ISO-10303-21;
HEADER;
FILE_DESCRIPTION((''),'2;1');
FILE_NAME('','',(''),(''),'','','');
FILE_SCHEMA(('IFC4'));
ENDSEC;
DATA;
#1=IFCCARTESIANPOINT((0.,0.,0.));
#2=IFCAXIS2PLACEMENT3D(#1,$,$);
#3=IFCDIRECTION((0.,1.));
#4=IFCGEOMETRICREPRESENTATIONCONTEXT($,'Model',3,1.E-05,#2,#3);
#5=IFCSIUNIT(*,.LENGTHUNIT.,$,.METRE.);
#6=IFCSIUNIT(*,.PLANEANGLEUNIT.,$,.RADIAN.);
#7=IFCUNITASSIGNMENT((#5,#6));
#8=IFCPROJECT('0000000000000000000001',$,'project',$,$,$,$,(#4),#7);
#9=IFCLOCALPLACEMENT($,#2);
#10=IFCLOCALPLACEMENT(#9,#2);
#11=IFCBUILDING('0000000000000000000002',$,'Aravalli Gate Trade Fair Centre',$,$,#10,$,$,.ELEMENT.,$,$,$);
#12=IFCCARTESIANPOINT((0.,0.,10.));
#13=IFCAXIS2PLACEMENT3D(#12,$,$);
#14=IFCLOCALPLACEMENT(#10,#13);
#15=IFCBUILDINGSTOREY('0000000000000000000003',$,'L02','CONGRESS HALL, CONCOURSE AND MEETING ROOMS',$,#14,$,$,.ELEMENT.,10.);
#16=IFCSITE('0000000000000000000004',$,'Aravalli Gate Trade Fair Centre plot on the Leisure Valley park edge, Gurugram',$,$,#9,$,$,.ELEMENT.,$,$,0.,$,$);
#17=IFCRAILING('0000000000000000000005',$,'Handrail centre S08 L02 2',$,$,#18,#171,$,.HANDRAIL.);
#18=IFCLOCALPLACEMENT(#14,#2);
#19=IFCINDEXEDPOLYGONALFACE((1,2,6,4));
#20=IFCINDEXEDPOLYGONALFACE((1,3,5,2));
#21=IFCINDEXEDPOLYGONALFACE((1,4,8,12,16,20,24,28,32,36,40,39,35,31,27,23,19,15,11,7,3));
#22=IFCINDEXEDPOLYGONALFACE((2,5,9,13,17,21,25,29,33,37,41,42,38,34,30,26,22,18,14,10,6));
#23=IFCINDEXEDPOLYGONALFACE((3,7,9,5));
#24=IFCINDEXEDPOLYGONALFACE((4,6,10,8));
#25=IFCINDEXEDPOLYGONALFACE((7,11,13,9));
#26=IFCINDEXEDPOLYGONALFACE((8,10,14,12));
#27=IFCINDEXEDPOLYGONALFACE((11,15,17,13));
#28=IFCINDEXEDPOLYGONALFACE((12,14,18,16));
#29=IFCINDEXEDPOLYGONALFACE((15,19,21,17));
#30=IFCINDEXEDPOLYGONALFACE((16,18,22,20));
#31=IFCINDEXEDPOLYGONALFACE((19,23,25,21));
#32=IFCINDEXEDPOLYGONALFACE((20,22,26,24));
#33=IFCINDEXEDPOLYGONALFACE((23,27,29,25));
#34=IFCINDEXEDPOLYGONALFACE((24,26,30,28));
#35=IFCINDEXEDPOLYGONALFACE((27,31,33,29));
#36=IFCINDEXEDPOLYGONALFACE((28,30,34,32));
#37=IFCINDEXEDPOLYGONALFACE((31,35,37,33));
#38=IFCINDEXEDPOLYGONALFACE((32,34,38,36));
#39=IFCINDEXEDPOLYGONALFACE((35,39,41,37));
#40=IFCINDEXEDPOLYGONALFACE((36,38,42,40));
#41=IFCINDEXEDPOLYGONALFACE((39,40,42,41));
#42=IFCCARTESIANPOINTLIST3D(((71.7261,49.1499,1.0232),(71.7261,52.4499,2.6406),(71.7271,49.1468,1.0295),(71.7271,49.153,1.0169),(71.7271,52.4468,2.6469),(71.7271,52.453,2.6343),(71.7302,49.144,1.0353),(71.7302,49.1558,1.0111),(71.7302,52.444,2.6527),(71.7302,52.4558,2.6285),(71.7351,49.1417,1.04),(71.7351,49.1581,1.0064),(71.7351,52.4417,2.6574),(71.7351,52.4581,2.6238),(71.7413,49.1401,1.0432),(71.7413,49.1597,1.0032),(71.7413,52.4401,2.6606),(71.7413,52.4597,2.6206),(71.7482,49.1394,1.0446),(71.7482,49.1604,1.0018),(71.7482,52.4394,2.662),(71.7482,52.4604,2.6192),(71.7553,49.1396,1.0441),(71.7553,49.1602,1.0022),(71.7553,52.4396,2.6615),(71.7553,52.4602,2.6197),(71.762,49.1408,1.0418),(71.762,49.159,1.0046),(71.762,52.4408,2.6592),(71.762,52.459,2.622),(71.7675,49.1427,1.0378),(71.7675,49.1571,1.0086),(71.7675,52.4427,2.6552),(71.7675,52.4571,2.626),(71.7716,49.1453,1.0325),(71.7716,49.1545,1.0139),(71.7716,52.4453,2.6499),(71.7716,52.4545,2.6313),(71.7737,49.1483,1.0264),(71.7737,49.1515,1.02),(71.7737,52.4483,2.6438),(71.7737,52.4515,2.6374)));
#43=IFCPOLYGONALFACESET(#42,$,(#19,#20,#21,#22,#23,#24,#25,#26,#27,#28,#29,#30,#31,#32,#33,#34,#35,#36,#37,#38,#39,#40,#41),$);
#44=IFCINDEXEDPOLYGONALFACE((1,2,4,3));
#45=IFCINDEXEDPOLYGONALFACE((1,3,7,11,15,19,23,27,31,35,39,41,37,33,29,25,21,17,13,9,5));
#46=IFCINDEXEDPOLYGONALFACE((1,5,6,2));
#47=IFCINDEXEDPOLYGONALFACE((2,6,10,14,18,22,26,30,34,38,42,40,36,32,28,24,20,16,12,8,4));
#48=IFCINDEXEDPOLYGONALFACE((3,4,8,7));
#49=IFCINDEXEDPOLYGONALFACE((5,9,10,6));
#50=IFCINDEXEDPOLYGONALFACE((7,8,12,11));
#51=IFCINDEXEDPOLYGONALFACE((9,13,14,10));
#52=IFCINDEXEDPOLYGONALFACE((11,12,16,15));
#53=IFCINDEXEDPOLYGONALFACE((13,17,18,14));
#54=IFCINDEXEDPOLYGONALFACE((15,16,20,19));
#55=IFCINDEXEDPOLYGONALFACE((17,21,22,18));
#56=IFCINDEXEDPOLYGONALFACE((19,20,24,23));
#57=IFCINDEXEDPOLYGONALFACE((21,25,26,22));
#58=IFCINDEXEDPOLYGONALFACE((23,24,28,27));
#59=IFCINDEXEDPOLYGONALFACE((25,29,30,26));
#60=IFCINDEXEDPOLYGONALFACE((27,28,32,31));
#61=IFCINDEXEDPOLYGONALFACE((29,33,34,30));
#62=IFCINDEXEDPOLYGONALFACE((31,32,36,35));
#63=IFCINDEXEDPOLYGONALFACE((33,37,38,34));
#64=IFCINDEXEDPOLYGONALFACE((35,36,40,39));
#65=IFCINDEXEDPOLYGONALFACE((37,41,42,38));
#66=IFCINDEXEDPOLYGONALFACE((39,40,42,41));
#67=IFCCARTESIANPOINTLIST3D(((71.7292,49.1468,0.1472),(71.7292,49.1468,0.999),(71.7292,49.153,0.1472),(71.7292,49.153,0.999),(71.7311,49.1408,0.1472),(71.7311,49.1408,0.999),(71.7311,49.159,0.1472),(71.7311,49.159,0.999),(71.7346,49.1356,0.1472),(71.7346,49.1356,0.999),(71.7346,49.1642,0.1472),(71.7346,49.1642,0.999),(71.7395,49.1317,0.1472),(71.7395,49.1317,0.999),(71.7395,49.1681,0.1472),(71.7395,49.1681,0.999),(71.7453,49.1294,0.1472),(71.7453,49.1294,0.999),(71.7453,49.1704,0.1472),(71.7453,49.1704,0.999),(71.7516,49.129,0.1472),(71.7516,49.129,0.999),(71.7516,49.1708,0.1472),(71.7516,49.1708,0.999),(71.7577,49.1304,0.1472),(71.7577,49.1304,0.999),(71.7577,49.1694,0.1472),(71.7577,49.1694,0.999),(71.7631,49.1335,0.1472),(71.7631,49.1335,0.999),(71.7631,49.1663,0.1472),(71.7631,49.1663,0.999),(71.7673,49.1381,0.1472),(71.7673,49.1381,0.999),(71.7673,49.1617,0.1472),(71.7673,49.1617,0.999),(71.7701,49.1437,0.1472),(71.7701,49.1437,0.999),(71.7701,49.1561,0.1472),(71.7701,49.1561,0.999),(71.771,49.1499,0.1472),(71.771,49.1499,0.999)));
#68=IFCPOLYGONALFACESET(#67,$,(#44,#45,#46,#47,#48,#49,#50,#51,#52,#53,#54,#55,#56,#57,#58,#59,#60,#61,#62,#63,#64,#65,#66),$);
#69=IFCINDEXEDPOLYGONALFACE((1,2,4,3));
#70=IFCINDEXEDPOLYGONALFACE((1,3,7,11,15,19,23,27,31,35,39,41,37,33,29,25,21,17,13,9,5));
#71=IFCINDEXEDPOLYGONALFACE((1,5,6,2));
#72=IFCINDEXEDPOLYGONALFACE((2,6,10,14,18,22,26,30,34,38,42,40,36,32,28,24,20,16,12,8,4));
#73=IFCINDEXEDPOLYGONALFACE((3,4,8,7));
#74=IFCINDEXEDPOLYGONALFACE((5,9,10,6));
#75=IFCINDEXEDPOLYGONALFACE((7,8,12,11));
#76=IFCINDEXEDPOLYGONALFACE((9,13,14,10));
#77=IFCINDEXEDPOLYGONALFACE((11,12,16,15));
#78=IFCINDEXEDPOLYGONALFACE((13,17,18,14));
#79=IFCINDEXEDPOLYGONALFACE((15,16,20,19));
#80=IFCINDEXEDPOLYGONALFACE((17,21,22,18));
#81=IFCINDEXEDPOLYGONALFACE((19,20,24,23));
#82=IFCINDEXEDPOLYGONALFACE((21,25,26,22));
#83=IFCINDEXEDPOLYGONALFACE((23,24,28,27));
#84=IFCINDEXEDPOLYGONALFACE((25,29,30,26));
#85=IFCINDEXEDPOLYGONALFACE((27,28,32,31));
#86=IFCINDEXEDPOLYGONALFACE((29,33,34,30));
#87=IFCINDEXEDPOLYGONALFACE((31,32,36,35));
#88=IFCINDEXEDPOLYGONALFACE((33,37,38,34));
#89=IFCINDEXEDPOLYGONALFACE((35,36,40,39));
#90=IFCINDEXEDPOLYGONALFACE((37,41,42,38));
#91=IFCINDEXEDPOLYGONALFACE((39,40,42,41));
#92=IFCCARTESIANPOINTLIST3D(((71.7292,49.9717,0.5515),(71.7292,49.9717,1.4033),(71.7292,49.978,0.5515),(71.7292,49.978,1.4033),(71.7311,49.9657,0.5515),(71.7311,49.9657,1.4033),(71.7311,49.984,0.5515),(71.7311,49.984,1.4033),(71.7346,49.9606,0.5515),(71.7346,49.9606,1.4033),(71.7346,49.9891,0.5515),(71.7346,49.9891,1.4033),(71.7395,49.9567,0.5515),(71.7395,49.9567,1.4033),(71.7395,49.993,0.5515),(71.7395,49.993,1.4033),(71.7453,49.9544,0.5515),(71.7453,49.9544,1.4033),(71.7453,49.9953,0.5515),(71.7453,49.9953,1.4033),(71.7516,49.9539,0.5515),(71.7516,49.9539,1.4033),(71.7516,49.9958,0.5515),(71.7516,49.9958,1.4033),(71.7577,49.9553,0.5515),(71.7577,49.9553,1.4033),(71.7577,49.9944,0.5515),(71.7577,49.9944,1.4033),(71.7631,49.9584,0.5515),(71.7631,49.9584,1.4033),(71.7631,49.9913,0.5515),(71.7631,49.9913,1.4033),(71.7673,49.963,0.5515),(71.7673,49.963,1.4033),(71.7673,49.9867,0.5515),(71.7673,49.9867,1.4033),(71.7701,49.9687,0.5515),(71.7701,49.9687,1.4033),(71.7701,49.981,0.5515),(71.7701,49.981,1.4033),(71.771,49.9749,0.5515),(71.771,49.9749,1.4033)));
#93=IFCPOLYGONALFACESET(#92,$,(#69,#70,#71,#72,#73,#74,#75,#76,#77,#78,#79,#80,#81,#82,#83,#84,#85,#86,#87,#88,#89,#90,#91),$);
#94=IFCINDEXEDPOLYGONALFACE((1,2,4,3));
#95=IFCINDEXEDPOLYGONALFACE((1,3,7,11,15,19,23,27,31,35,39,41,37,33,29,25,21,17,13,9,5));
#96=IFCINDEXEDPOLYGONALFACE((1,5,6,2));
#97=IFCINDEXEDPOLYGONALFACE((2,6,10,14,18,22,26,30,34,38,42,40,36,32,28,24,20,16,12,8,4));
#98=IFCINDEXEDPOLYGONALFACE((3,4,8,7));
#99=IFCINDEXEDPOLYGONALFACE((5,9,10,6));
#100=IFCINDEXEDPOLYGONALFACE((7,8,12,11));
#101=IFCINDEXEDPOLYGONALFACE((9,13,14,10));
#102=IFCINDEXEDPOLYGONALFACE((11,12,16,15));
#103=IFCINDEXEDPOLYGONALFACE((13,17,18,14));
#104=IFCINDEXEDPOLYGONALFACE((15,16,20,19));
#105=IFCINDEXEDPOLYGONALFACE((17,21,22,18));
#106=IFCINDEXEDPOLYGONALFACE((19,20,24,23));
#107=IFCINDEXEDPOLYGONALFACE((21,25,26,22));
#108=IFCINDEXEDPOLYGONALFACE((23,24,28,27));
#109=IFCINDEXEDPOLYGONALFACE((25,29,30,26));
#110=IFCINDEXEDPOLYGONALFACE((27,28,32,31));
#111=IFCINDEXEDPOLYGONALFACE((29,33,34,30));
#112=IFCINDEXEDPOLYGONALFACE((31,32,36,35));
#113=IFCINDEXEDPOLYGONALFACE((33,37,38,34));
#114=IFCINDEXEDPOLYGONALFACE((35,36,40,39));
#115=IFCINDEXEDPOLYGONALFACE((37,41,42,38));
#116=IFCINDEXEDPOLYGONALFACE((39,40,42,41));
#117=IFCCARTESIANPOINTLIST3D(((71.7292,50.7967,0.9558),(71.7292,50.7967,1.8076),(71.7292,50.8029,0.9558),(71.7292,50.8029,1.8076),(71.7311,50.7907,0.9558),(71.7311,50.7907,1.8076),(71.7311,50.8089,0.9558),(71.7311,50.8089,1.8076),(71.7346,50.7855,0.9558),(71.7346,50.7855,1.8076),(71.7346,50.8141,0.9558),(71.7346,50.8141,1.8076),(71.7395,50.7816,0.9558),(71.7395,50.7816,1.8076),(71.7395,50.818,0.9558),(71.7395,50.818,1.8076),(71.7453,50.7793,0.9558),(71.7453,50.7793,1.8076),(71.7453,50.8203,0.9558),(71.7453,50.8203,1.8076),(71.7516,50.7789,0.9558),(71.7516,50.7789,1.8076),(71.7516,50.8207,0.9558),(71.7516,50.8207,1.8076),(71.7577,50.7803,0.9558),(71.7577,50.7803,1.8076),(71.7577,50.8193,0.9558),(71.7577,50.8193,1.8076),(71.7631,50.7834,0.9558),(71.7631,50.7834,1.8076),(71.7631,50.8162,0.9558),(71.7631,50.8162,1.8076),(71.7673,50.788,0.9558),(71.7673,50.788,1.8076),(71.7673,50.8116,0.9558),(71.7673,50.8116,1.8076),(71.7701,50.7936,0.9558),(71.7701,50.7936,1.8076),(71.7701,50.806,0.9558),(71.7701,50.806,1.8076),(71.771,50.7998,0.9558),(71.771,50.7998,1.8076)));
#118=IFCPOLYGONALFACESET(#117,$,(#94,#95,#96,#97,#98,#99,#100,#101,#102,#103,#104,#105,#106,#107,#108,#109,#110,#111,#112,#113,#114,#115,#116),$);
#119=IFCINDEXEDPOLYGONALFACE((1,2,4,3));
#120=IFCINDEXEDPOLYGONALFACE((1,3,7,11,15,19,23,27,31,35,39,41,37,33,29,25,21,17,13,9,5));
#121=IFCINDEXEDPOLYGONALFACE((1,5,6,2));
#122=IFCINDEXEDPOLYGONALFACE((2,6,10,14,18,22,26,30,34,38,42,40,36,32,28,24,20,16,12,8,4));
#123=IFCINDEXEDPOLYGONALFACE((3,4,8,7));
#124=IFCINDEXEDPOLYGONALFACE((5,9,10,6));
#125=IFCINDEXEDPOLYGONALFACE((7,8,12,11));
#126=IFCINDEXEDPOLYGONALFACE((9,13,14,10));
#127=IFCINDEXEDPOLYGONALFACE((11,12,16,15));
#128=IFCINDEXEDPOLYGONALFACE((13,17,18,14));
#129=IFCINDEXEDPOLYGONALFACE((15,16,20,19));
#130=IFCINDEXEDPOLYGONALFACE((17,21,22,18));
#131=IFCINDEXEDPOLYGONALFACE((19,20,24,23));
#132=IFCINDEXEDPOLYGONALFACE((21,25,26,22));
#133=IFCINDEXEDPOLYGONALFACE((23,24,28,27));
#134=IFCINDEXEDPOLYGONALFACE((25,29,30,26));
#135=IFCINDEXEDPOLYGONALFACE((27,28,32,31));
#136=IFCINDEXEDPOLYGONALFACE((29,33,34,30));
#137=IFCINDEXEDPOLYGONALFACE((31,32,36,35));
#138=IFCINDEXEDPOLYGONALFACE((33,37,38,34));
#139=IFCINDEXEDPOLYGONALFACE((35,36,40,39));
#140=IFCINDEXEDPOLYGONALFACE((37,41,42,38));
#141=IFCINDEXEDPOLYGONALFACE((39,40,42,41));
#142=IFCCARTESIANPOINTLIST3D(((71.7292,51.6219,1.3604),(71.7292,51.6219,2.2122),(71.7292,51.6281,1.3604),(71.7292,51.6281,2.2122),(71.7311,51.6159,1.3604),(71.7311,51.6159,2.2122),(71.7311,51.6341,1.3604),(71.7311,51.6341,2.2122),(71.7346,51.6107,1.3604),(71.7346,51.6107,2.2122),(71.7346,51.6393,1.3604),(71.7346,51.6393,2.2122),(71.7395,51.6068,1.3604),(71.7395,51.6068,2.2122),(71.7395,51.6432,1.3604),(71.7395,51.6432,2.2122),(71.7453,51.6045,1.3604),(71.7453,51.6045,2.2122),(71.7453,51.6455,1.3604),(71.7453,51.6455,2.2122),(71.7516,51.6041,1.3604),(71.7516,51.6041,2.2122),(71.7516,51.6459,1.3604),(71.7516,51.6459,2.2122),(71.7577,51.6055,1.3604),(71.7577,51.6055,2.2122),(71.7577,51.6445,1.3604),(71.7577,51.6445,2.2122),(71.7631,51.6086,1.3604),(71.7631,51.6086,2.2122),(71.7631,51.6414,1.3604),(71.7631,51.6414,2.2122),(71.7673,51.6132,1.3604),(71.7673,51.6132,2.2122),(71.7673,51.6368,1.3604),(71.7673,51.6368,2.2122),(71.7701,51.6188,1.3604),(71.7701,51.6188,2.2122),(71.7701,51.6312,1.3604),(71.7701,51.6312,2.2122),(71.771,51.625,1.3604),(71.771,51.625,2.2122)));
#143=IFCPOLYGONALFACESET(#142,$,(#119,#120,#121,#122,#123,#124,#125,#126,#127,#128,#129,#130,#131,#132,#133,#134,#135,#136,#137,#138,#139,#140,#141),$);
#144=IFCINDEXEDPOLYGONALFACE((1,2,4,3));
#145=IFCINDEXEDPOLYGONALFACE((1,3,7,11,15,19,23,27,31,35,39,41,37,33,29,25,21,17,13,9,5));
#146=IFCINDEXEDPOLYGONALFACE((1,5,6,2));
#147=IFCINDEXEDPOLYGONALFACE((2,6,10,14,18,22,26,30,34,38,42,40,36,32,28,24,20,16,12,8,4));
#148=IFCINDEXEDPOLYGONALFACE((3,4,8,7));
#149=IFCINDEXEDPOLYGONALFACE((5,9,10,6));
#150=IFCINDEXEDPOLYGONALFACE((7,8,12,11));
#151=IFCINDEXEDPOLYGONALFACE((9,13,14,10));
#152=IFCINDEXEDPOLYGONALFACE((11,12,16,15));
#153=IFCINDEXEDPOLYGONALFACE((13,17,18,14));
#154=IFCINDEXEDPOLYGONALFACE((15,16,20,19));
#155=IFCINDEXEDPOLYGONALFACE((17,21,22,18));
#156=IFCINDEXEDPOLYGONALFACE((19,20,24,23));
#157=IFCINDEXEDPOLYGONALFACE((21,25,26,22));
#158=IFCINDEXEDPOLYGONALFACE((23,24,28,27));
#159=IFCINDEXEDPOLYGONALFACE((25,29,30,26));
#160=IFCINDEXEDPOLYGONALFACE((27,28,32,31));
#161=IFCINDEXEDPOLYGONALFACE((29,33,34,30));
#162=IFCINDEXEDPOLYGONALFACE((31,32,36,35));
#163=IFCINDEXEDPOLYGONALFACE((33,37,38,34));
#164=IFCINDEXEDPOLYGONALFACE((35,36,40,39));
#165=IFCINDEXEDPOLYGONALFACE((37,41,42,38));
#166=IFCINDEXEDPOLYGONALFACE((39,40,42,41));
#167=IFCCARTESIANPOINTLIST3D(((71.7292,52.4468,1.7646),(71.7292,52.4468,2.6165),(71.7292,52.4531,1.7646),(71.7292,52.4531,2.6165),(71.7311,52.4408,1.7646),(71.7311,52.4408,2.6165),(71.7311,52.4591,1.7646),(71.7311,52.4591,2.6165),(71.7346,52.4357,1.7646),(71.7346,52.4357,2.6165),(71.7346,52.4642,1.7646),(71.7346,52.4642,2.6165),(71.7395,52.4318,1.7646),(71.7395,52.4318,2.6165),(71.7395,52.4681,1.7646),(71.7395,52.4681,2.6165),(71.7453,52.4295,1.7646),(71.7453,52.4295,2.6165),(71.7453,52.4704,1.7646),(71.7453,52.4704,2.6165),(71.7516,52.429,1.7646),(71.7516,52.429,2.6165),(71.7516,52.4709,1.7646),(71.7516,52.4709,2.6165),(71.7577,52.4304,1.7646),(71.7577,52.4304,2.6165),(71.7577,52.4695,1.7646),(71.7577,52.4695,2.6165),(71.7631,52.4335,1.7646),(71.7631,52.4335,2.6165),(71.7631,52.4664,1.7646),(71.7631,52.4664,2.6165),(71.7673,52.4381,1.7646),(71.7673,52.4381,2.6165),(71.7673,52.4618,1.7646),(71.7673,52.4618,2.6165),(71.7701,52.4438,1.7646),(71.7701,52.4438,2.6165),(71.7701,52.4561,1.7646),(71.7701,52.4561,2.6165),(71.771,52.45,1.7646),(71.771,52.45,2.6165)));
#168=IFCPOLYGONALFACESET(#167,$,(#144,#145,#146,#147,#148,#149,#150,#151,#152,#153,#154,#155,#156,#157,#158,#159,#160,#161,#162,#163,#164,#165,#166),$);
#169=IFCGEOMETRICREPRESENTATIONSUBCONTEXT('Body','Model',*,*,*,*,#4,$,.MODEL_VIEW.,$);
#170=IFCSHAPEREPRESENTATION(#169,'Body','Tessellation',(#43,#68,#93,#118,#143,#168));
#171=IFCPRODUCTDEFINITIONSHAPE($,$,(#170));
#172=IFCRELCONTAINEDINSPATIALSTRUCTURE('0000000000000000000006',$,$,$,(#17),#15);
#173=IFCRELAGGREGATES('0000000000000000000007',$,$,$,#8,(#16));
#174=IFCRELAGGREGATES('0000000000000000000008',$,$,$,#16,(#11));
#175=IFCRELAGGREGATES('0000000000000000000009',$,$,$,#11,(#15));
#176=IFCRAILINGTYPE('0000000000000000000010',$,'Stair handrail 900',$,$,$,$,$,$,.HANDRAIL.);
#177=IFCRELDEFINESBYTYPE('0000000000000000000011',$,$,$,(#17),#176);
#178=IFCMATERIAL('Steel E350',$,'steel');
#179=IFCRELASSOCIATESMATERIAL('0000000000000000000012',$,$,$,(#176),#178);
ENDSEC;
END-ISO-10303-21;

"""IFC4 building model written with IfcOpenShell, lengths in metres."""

from ifc_helpers import new_model, si_unit, direction, frame, origin, origin_2d, place, context, subcontext, project, spatial, circle, extrude, material, type_object, element, save


model = new_model("IFC4")

# Units and contexts
model_context = context("Model", 3, precision=1e-05, world=origin(), true_north=direction((0.0, 1.0)))
body_context = subcontext(model_context, "Body", "Model", "MODEL_VIEW")
ifc_project = project(units=[si_unit("LENGTHUNIT", "METRE"), si_unit("PLANEANGLEUNIT", "RADIAN")], contexts=[model_context])

# Site, building, storey
site_placement = place(None, origin())
site = spatial("IfcSite", under=ifc_project, at=site_placement, Name="Aravalli Gate Trade Fair Centre plot on the Leisure Valley park edge, Gurugram", CompositionType="ELEMENT", RefElevation=0.0)
building_placement = place(site_placement, origin())
building = spatial("IfcBuilding", under=site, at=building_placement, Name="Aravalli Gate Trade Fair Centre", CompositionType="ELEMENT")
storey_placement = place(building_placement, frame((0.0, 0.0, 10.0)))
storey = spatial("IfcBuildingStorey", under=building, at=storey_placement, Name="L02", Description="CONGRESS HALL, CONCOURSE AND MEETING ROOMS", CompositionType="ELEMENT", Elevation=10.0)

# Shared definitions
ifc_material_1 = material(Name="Steel E350", Category="steel")

# Railing
railing_type = type_object("IfcRailingType", Name="Stair handrail 900", PredefinedType="HANDRAIL", material=ifc_material_1)
for number, where, name in (
    (1, (71.75, 49.1499, 0.1472), "Handrail centre S08 L02 2"),
):
    element("IfcRailing", number, at=place(storey_placement, frame(where)), inside=storey, type_object=railing_type, Name=name, PredefinedType="HANDRAIL", context=body_context, shape_type="SweptSolid", body=[
        extrude(circle(Radius=0.0239, at=origin_2d()), frame((0.0, 0.0, 0.876), z_axis=(0.0, 0.897946, 0.440105), x_axis=(-1.0, 0.0, 0.0)), (0.0, 0.0, 1.0), 3.675),
        extrude(circle(Radius=0.021, at=origin_2d()), origin(), (0.0, 0.0, 1.0), 0.8518),
        extrude(circle(Radius=0.021, at=origin_2d()), frame((0.0, 0.825, 0.4043)), (0.0, 0.0, 1.0), 0.8518),
        extrude(circle(Radius=0.021, at=origin_2d()), frame((0.0, 1.6499, 0.8086)), (0.0, 0.0, 1.0), 0.8518),
        extrude(circle(Radius=0.021, at=origin_2d()), frame((0.0, 2.4751, 1.2131)), (0.0, 0.0, 1.0), 0.8518),
        extrude(circle(Radius=0.021, at=origin_2d()), frame((0.0, 3.3, 1.6174)), (0.0, 0.0, 1.0), 0.8518),
    ])

save(model, "model.ifc")
